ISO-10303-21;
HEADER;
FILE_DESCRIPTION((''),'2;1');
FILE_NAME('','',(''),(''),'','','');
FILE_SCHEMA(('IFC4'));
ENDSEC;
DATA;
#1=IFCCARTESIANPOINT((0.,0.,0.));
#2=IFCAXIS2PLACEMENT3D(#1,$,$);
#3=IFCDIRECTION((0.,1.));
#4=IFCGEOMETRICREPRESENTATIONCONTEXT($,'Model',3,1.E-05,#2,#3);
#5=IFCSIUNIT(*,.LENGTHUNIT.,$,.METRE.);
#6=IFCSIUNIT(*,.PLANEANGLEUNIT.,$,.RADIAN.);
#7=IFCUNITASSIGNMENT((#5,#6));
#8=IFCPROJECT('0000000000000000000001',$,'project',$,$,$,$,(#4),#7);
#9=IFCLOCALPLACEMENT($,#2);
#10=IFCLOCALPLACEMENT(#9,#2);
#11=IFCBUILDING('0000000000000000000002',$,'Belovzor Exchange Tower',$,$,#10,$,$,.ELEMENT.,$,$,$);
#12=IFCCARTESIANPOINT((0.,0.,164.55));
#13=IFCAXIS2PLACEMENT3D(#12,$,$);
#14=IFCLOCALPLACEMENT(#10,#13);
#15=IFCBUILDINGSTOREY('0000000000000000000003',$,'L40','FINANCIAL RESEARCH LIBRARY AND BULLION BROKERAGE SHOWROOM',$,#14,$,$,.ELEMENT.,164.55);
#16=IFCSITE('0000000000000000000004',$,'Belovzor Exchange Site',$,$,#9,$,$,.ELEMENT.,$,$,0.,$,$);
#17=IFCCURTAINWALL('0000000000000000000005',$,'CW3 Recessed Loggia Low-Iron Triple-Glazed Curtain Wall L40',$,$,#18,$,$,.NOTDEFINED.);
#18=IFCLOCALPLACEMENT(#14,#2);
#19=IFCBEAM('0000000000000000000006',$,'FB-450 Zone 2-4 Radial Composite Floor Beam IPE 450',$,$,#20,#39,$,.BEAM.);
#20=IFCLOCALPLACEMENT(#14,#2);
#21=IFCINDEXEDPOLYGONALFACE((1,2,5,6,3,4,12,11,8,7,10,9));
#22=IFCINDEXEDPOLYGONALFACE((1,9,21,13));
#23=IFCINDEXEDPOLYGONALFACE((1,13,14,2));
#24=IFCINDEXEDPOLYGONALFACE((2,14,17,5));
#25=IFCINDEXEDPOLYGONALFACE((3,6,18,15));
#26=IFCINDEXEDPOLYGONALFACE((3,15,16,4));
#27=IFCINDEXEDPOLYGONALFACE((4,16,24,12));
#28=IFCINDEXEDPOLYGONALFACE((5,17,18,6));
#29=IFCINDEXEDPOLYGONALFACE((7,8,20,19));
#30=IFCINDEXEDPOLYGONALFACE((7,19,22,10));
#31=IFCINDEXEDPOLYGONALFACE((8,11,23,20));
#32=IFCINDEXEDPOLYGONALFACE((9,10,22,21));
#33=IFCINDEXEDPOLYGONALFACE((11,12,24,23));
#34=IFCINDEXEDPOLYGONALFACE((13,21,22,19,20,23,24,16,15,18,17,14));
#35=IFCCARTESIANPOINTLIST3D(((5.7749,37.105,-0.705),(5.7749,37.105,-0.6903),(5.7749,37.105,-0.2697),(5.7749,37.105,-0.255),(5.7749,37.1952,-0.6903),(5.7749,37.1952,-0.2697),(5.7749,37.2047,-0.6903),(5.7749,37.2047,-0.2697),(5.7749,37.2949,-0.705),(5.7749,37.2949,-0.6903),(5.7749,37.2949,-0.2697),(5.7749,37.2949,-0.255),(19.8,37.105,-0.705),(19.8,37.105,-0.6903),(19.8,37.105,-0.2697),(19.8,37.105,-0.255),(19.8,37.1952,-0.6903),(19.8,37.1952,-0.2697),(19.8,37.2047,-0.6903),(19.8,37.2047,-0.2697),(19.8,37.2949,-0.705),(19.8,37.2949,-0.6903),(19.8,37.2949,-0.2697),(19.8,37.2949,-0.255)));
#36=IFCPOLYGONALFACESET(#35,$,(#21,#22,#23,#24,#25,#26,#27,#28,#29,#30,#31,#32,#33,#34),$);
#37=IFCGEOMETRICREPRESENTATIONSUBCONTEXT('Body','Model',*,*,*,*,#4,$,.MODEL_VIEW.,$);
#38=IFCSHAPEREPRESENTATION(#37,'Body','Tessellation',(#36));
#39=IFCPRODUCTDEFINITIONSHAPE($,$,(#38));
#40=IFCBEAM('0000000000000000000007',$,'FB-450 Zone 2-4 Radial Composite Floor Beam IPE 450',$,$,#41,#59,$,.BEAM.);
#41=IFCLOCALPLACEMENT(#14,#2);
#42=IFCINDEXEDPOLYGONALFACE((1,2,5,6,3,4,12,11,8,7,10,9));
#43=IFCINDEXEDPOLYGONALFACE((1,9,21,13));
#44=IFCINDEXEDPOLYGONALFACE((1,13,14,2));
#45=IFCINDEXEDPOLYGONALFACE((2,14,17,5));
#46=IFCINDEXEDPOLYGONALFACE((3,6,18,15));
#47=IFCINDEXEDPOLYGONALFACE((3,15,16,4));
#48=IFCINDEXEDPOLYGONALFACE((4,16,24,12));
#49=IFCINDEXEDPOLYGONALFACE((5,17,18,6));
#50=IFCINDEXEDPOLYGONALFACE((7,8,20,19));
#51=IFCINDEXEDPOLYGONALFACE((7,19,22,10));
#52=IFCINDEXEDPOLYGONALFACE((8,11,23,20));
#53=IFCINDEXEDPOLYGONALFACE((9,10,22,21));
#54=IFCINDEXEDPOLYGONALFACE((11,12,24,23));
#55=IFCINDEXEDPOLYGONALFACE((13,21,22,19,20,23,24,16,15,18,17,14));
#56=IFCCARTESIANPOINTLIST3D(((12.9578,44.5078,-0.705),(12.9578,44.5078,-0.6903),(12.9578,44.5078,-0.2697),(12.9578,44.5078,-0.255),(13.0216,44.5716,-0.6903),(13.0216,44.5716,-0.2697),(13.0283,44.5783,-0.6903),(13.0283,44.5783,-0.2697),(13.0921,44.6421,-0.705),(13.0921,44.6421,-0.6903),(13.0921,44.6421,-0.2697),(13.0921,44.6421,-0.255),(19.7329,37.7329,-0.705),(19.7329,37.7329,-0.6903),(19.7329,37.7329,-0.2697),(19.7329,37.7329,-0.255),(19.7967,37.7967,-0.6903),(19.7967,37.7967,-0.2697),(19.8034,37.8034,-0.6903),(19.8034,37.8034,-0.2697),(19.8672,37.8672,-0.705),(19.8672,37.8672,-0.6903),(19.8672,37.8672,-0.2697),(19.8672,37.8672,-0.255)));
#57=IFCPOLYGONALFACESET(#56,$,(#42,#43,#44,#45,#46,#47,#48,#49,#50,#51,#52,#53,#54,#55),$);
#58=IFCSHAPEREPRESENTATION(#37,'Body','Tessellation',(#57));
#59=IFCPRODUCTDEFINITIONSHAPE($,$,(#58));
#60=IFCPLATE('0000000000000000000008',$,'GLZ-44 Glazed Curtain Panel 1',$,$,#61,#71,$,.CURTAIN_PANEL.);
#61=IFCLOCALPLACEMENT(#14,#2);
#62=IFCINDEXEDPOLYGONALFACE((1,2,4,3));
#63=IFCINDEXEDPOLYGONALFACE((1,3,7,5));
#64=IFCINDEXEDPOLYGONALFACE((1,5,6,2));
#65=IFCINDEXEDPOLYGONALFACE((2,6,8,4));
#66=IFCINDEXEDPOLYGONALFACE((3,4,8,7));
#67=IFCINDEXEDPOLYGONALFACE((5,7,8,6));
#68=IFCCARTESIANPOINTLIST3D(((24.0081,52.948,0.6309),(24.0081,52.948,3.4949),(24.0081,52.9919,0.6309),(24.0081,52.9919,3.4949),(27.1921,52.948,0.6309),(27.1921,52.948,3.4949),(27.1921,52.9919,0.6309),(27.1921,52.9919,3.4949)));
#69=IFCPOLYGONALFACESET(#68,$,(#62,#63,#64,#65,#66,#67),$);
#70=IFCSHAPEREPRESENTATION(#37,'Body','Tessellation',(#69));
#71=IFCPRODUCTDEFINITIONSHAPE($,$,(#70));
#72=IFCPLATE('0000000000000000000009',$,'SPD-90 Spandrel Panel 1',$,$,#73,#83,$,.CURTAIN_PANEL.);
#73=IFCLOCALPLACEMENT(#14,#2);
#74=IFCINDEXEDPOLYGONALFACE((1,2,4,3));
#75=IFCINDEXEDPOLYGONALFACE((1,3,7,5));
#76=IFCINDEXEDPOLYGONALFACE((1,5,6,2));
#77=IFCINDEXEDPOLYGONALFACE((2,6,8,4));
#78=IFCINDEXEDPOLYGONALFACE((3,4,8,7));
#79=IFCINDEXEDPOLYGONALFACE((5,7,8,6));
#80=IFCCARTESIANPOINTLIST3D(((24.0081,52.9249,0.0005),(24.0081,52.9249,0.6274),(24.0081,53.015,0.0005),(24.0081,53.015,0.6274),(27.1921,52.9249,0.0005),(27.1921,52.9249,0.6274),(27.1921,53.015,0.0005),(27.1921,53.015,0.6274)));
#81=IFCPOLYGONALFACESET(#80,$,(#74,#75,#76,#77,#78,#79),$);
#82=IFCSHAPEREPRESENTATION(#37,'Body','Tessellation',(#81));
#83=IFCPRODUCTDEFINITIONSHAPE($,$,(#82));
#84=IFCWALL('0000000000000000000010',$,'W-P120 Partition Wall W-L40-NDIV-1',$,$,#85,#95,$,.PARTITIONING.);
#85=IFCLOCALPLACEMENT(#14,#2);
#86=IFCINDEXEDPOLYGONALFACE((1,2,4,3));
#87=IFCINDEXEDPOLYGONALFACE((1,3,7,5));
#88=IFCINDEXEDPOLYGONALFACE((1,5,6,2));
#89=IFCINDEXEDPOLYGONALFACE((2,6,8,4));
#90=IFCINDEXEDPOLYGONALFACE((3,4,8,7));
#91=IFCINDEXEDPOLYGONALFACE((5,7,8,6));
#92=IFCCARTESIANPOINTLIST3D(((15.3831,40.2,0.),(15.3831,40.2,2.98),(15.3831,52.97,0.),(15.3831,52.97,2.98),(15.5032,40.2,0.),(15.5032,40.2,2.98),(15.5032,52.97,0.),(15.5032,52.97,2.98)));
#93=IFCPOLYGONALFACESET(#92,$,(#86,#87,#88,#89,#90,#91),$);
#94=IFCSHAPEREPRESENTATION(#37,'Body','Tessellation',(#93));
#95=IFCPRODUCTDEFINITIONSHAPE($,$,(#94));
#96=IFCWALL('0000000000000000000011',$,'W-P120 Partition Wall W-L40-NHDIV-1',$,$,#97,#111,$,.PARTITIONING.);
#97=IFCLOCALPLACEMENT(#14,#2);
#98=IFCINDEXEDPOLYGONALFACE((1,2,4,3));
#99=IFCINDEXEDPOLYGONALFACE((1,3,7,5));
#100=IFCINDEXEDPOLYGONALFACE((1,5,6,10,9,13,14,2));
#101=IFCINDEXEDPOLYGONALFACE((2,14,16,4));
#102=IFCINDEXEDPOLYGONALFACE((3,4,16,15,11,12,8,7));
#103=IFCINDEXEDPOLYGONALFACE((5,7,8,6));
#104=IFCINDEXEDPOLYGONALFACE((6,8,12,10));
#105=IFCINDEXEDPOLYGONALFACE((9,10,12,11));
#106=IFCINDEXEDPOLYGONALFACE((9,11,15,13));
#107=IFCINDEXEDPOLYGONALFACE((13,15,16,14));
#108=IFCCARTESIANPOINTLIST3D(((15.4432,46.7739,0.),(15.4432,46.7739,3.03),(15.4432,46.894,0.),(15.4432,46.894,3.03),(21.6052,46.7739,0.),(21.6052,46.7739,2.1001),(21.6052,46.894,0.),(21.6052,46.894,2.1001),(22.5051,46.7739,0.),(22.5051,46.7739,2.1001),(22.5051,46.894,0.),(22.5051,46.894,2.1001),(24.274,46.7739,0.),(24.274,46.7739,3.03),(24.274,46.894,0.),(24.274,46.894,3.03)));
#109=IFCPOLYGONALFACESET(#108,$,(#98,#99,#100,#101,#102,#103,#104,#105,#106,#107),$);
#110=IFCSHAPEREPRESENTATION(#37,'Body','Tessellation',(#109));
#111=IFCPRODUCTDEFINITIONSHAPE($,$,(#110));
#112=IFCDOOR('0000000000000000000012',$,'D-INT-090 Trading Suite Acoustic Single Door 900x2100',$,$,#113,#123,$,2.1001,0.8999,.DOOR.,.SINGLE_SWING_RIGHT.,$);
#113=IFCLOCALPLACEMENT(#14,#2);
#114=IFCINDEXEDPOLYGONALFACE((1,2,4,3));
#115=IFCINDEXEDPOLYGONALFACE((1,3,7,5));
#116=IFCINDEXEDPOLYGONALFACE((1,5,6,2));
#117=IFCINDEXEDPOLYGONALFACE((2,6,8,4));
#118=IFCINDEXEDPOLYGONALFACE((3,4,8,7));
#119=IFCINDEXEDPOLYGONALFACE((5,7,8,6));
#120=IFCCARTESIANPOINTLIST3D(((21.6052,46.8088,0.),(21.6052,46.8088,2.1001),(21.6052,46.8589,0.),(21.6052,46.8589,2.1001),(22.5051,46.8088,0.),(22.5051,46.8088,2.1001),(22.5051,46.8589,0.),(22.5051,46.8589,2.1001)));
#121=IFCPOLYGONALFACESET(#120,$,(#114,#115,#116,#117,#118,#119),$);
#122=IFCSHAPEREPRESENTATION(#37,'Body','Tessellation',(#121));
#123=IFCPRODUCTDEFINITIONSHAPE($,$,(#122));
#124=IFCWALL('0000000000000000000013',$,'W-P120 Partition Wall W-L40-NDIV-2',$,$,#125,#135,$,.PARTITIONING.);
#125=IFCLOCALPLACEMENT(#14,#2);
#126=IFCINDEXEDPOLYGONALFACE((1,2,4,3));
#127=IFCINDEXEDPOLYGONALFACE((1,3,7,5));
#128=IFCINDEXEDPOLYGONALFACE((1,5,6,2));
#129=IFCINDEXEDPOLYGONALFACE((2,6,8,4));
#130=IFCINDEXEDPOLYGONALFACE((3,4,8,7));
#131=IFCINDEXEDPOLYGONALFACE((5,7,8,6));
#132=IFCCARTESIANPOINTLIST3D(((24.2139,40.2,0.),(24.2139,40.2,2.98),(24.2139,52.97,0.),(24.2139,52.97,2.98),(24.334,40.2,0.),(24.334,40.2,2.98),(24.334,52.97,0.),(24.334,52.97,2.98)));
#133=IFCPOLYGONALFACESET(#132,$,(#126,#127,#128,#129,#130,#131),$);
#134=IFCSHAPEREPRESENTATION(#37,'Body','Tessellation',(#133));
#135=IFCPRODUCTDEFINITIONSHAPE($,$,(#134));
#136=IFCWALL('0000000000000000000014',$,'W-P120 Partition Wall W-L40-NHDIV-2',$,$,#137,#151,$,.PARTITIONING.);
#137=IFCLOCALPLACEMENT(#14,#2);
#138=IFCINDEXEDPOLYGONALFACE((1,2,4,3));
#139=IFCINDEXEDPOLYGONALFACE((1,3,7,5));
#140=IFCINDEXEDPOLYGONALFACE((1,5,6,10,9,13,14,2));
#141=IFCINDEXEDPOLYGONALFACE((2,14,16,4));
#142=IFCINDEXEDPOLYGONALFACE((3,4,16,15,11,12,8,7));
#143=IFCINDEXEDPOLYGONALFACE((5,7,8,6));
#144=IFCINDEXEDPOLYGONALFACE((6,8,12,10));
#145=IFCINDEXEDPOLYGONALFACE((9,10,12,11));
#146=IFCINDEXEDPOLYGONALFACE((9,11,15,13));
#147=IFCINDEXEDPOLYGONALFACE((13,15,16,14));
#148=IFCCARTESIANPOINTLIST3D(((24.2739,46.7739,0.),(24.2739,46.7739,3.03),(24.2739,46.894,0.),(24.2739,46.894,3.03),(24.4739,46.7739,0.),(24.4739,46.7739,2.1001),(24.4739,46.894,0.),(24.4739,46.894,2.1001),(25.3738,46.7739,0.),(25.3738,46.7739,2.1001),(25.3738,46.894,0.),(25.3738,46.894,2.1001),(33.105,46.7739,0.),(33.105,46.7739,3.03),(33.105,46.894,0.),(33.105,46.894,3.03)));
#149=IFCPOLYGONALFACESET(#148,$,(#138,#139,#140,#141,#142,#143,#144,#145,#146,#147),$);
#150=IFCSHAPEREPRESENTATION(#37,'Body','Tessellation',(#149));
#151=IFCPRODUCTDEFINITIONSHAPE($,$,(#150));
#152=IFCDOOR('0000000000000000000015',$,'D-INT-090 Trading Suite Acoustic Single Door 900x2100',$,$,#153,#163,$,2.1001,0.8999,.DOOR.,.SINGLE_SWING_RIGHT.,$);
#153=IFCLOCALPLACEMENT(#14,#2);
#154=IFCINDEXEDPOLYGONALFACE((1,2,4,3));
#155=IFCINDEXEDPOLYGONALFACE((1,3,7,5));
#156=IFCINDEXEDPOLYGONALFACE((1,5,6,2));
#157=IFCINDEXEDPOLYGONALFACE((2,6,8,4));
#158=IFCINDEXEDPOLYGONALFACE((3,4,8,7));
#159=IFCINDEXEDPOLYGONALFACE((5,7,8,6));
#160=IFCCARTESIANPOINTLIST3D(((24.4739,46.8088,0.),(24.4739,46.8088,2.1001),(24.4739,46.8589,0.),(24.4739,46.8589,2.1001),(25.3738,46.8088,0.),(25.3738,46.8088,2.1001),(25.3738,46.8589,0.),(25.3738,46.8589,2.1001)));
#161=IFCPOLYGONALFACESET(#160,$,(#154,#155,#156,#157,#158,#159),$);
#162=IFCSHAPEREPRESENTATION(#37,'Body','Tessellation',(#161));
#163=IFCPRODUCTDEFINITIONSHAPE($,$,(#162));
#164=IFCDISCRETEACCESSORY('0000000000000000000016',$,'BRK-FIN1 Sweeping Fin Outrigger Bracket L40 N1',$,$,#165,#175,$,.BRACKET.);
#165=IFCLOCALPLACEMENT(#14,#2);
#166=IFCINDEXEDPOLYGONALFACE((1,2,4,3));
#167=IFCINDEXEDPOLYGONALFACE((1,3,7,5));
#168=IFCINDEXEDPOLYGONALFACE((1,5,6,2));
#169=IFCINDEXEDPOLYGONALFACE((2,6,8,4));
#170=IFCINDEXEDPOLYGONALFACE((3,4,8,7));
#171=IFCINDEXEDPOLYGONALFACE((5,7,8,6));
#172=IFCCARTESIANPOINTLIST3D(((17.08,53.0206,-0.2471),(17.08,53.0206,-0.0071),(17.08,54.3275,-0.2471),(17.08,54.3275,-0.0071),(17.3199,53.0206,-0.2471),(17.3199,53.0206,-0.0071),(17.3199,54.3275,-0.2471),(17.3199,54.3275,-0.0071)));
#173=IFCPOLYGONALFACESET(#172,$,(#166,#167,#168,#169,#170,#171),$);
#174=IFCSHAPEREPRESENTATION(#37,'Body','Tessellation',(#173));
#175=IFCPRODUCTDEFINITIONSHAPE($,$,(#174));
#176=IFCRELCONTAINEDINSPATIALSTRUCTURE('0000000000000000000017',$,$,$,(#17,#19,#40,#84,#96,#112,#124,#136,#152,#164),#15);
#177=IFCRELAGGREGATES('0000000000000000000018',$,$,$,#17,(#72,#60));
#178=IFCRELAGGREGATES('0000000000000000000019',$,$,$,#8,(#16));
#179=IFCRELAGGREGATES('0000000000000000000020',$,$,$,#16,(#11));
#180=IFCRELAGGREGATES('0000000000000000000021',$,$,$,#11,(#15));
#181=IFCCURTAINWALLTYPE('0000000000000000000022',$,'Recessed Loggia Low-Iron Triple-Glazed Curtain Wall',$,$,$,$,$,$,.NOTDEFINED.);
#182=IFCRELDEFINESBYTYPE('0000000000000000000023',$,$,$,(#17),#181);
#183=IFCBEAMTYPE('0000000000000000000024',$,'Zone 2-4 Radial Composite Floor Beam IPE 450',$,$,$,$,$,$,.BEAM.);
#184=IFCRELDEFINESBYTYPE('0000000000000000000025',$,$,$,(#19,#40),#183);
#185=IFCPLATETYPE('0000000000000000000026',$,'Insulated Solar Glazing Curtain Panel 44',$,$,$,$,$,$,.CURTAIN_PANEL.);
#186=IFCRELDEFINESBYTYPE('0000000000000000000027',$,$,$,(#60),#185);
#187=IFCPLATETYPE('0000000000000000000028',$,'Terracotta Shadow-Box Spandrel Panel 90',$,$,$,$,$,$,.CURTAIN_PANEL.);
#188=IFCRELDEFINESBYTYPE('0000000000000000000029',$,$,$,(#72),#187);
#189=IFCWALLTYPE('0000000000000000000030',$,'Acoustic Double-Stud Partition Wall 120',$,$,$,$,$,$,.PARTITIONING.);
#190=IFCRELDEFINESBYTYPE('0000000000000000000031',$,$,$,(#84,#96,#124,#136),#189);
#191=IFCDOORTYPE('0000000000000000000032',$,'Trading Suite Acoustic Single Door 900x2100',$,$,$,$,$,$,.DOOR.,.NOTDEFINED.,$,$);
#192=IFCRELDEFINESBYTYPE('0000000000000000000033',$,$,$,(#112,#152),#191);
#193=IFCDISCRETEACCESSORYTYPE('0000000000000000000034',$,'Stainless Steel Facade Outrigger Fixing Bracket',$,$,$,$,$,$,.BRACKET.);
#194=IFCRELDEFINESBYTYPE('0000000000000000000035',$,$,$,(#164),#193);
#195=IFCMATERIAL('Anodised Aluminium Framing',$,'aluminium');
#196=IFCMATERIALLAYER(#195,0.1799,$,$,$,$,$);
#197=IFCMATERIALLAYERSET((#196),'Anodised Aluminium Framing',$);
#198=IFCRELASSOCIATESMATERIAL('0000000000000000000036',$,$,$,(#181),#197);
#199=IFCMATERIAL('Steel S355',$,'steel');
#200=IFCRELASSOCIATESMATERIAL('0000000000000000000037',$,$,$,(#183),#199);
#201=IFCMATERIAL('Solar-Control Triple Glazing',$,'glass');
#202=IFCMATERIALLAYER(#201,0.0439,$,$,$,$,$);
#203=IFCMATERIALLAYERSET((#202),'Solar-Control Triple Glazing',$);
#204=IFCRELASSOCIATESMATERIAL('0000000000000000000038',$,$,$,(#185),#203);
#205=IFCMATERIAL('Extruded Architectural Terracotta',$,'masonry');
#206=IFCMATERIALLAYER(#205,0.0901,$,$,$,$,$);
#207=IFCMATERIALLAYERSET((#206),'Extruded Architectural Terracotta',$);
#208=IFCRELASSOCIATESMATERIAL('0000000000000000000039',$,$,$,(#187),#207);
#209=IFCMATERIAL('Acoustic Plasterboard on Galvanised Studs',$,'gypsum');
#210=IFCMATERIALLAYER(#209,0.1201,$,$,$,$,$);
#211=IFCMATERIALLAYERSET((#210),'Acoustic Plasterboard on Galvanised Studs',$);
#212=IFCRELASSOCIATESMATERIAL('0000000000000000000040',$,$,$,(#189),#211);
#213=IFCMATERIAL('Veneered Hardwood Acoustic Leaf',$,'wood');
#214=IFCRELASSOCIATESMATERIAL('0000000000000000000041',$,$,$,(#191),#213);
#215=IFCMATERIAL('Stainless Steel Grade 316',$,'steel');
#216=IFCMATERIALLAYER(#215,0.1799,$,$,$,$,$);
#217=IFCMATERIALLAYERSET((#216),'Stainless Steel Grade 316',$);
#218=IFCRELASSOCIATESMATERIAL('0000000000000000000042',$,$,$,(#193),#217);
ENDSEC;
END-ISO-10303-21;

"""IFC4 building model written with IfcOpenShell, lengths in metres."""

from ifc_helpers import new_model, si_unit, direction, frame, frame_2d, origin, origin_2d, place, context, subcontext, project, spatial, rectangle, i_section, extrude, material, layer, layer_set, material_profile, profile_set, type_object, element, fill, aggregate, save


model = new_model("IFC4")

# Units and contexts
model_context = context("Model", 3, precision=1e-05, world=origin(), true_north=direction((0.0, 1.0)))
body_context = subcontext(model_context, "Body", "Model", "MODEL_VIEW")
ifc_project = project(units=[si_unit("LENGTHUNIT", "METRE"), si_unit("PLANEANGLEUNIT", "RADIAN")], contexts=[model_context])

# Site, building, storey
site_placement = place(None, origin())
site = spatial("IfcSite", under=ifc_project, at=site_placement, Name="Belovzor Exchange Site", CompositionType="ELEMENT", RefElevation=0.0)
building_placement = place(site_placement, origin())
building = spatial("IfcBuilding", under=site, at=building_placement, Name="Belovzor Exchange Tower", CompositionType="ELEMENT")
storey_placement = place(building_placement, frame((0.0, 0.0, 164.55)))
storey = spatial("IfcBuildingStorey", under=building, at=storey_placement, Name="L40", Description="FINANCIAL RESEARCH LIBRARY AND BULLION BROKERAGE SHOWROOM", CompositionType="ELEMENT", Elevation=164.55)

# Curtain wall
ifc_material_1 = material(Name="Anodised Aluminium Framing", Category="aluminium")
ifc_layer_1 = layer(ifc_material_1, 0.1799)
ifc_layer_set_1 = layer_set([ifc_layer_1], Name="Anodised Aluminium Framing")
curtain_wall_type = type_object("IfcCurtainWallType", Name="Recessed Loggia Low-Iron Triple-Glazed Curtain Wall", PredefinedType="NOTDEFINED", material=ifc_layer_set_1)
curtain_wall_placement = place(storey_placement, origin())
curtain_wall = element("IfcCurtainWall", 1, at=curtain_wall_placement, inside=storey, type_object=curtain_wall_type, Name="CW3 Recessed Loggia Low-Iron Triple-Glazed Curtain Wall L40", PredefinedType="NOTDEFINED")

# Beams
ifc_material_2 = material(Name="Steel S355", Category="steel")
ifc_material_profile_1 = material_profile(ifc_material_2, i_section(OverallWidth=0.1899, OverallDepth=0.45, WebThickness=0.0095, FlangeThickness=0.0146, at=origin_2d()))
ifc_profile_set_1 = profile_set([ifc_material_profile_1], Name="Steel S355")
beam_type_1 = type_object("IfcBeamType", Name="Zone 2-4 Radial Composite Floor Beam IPE 450", PredefinedType="BEAM", material=ifc_profile_set_1)
beam_1_placement = place(storey_placement, frame((19.8, 37.2, -0.48), z_axis=(-1.0, 0.0, 0.0), x_axis=(0.0, -1.0, 0.0)))
element("IfcBeam", 2, at=beam_1_placement, inside=storey, type_object=beam_type_1, Name="FB-450 Zone 2-4 Radial Composite Floor Beam IPE 450", PredefinedType="BEAM", context=body_context, shape_type="SweptSolid", body=[
    extrude(i_section(OverallWidth=0.1899, OverallDepth=0.45, WebThickness=0.0095, FlangeThickness=0.0146, at=origin_2d()), origin(), (0.0, 0.0, 1.0), 14.0251),
])
beam_2_placement = place(storey_placement, frame((19.8, 37.8, -0.48), z_axis=(-0.70712, 0.707094, 0.0), x_axis=(-0.707094, -0.70712, 0.0)))
element("IfcBeam", 3, at=beam_2_placement, inside=storey, type_object=beam_type_1, Name="FB-450 Zone 2-4 Radial Composite Floor Beam IPE 450", PredefinedType="BEAM", context=body_context, shape_type="SweptSolid", body=[
    extrude(i_section(OverallWidth=0.1899, OverallDepth=0.45, WebThickness=0.0095, FlangeThickness=0.0146, at=origin_2d()), origin(), (0.0, 0.0, 1.0), 9.5813),
])

# Plates
ifc_material_3 = material(Name="Solar-Control Triple Glazing", Category="glass")
ifc_layer_2 = layer(ifc_material_3, 0.0439)
ifc_layer_set_2 = layer_set([ifc_layer_2], Name="Solar-Control Triple Glazing")
plate_type_1 = type_object("IfcPlateType", Name="Insulated Solar Glazing Curtain Panel 44", PredefinedType="CURTAIN_PANEL", material=ifc_layer_set_2)
plate_1_placement = place(storey_placement, frame((25.6001, 52.97, 0.6309), z_axis=(0.0, 0.0, 1.0), x_axis=(1.0, 0.0, 0.0)))
plate_1 = element("IfcPlate", 4, at=plate_1_placement, type_object=plate_type_1, Name="GLZ-44 Glazed Curtain Panel 1", PredefinedType="CURTAIN_PANEL", context=body_context, shape_type="SweptSolid", body=[
    extrude(rectangle(XDim=3.1841, YDim=0.0439, at=origin_2d()), origin(), (0.0, 0.0, 1.0), 2.864),
])
ifc_material_4 = material(Name="Extruded Architectural Terracotta", Category="masonry")
ifc_layer_3 = layer(ifc_material_4, 0.0901)
ifc_layer_set_3 = layer_set([ifc_layer_3], Name="Extruded Architectural Terracotta")
plate_type_2 = type_object("IfcPlateType", Name="Terracotta Shadow-Box Spandrel Panel 90", PredefinedType="CURTAIN_PANEL", material=ifc_layer_set_3)
plate_2_placement = place(storey_placement, frame((25.6001, 52.97, 0.0005), z_axis=(0.0, 0.0, 1.0), x_axis=(1.0, 0.0, 0.0)))
plate_2 = element("IfcPlate", 5, at=plate_2_placement, type_object=plate_type_2, Name="SPD-90 Spandrel Panel 1", PredefinedType="CURTAIN_PANEL", context=body_context, shape_type="SweptSolid", body=[
    extrude(rectangle(XDim=3.1841, YDim=0.0901, at=origin_2d()), origin(), (0.0, 0.0, 1.0), 0.627),
])
aggregate(curtain_wall, [plate_2, plate_1])

# Wall
ifc_material_5 = material(Name="Acoustic Plasterboard on Galvanised Studs", Category="gypsum")
ifc_layer_4 = layer(ifc_material_5, 0.1201)
ifc_layer_set_4 = layer_set([ifc_layer_4], Name="Acoustic Plasterboard on Galvanised Studs")
wall_type_1 = type_object("IfcWallType", Name="Acoustic Double-Stud Partition Wall 120", PredefinedType="PARTITIONING", material=ifc_layer_set_4)
wall_1_placement = place(storey_placement, frame((15.4431, 40.2, 0.0), z_axis=(0.0, 0.0, 1.0), x_axis=(0.0, 1.0, 0.0)))
element("IfcWall", 6, at=wall_1_placement, inside=storey, type_object=wall_type_1, Name="W-P120 Partition Wall W-L40-NDIV-1", PredefinedType="PARTITIONING", context=body_context, shape_type="SweptSolid", body=[
    extrude(rectangle(XDim=12.77, YDim=0.1201, at=frame_2d((6.385, 0.0))), origin(), (0.0, 0.0, 1.0), 2.98),
])

# Wall, opening, door
wall_2_placement = place(storey_placement, frame((15.4431, 46.834, 0.0), z_axis=(0.0, 0.0, 1.0), x_axis=(1.0, 0.0, 0.0)))
wall_2 = element("IfcWall", 7, at=wall_2_placement, inside=storey, type_object=wall_type_1, Name="W-P120 Partition Wall W-L40-NHDIV-1", PredefinedType="PARTITIONING", context=body_context, shape_type="SweptSolid", body=[
    extrude(rectangle(XDim=8.8308, YDim=0.1201, at=frame_2d((4.4155, 0.0))), origin(), (0.0, 0.0, 1.0), 3.03),
])
opening_1_placement = place(wall_2_placement, frame((6.1621, 0.0, 0.0)))
opening_1 = element("IfcOpeningElement", 8, at=opening_1_placement, cuts=wall_2, PredefinedType="OPENING", context=body_context, shape_type="SweptSolid", body=[
    extrude(rectangle(XDim=0.8999, YDim=2.1001, at=frame_2d((0.45, 1.05))), frame((0.0, 0.0701, 0.0), z_axis=(0.0, -1.0, 0.0), x_axis=(1.0, 0.0, 0.0)), (0.0, 0.0, 1.0), 0.1401),
])
ifc_material_6 = material(Name="Veneered Hardwood Acoustic Leaf", Category="wood")
door_type_1 = type_object("IfcDoorType", Name="Trading Suite Acoustic Single Door 900x2100", OperationType="NOTDEFINED", PredefinedType="DOOR", material=ifc_material_6)
door_1_placement = place(opening_1_placement, origin())
door_1 = element("IfcDoor", 9, at=door_1_placement, inside=storey, type_object=door_type_1, Name="D-INT-090 Trading Suite Acoustic Single Door 900x2100", OperationType="SINGLE_SWING_RIGHT", OverallHeight=2.1001, OverallWidth=0.8999, PredefinedType="DOOR", context=body_context, shape_type="SweptSolid", body=[
    extrude(rectangle(XDim=0.8999, YDim=2.1001, at=frame_2d((0.45, 1.05))), frame((0.0, 0.0249, 0.0), z_axis=(0.0, -1.0, 0.0), x_axis=(1.0, 0.0, 0.0)), (0.0, 0.0, 1.0), 0.05),
])
fill(opening_1, door_1)

# Wall
wall_3_placement = place(storey_placement, frame((24.2739, 40.2, 0.0), z_axis=(0.0, 0.0, 1.0), x_axis=(0.0, 1.0, 0.0)))
element("IfcWall", 10, at=wall_3_placement, inside=storey, type_object=wall_type_1, Name="W-P120 Partition Wall W-L40-NDIV-2", PredefinedType="PARTITIONING", context=body_context, shape_type="SweptSolid", body=[
    extrude(rectangle(XDim=12.77, YDim=0.1201, at=frame_2d((6.385, 0.0))), origin(), (0.0, 0.0, 1.0), 2.98),
])

# Wall, opening, door
wall_4_placement = place(storey_placement, frame((24.2739, 46.834, 0.0), z_axis=(0.0, 0.0, 1.0), x_axis=(1.0, 0.0, 0.0)))
wall_4 = element("IfcWall", 11, at=wall_4_placement, inside=storey, type_object=wall_type_1, Name="W-P120 Partition Wall W-L40-NHDIV-2", PredefinedType="PARTITIONING", context=body_context, shape_type="SweptSolid", body=[
    extrude(rectangle(XDim=8.8311, YDim=0.1201, at=frame_2d((4.4155, 0.0))), origin(), (0.0, 0.0, 1.0), 3.03),
])
opening_2_placement = place(wall_4_placement, frame((0.2, 0.0, 0.0)))
opening_2 = element("IfcOpeningElement", 12, at=opening_2_placement, cuts=wall_4, PredefinedType="OPENING", context=body_context, shape_type="SweptSolid", body=[
    extrude(rectangle(XDim=0.8999, YDim=2.1001, at=frame_2d((0.45, 1.05))), frame((0.0, 0.0701, 0.0), z_axis=(0.0, -1.0, 0.0), x_axis=(1.0, 0.0, 0.0)), (0.0, 0.0, 1.0), 0.1401),
])
door_2_placement = place(opening_2_placement, origin())
door_2 = element("IfcDoor", 13, at=door_2_placement, inside=storey, type_object=door_type_1, Name="D-INT-090 Trading Suite Acoustic Single Door 900x2100", OperationType="SINGLE_SWING_RIGHT", OverallHeight=2.1001, OverallWidth=0.8999, PredefinedType="DOOR", context=body_context, shape_type="SweptSolid", body=[
    extrude(rectangle(XDim=0.8999, YDim=2.1001, at=frame_2d((0.45, 1.05))), frame((0.0, 0.0249, 0.0), z_axis=(0.0, -1.0, 0.0), x_axis=(1.0, 0.0, 0.0)), (0.0, 0.0, 1.0), 0.05),
])
fill(opening_2, door_2)

# Discrete accessory
ifc_material_7 = material(Name="Stainless Steel Grade 316", Category="steel")
ifc_layer_5 = layer(ifc_material_7, 0.1799)
ifc_layer_set_5 = layer_set([ifc_layer_5], Name="Stainless Steel Grade 316")
discrete_accessory_type = type_object("IfcDiscreteAccessoryType", Name="Stainless Steel Facade Outrigger Fixing Bracket", PredefinedType="BRACKET", material=ifc_layer_set_5)
for number, where, z_axis, x_axis, name in (
    (14, (17.2, 53.6741, -0.2471), (0.0, 0.0, 1.0), (0.0, 1.0, 0.0), "BRK-FIN1 Sweeping Fin Outrigger Bracket L40 N1"),
):
    element("IfcDiscreteAccessory", number, at=place(storey_placement, frame(where, z_axis=z_axis, x_axis=x_axis)), inside=storey, type_object=discrete_accessory_type, Name=name, PredefinedType="BRACKET", context=body_context, shape_type="SweptSolid", body=[
        extrude(rectangle(XDim=1.3069, YDim=0.24, at=origin_2d()), origin(), (0.0, 0.0, 1.0), 0.24),
    ])

save(model, "model.ifc")
